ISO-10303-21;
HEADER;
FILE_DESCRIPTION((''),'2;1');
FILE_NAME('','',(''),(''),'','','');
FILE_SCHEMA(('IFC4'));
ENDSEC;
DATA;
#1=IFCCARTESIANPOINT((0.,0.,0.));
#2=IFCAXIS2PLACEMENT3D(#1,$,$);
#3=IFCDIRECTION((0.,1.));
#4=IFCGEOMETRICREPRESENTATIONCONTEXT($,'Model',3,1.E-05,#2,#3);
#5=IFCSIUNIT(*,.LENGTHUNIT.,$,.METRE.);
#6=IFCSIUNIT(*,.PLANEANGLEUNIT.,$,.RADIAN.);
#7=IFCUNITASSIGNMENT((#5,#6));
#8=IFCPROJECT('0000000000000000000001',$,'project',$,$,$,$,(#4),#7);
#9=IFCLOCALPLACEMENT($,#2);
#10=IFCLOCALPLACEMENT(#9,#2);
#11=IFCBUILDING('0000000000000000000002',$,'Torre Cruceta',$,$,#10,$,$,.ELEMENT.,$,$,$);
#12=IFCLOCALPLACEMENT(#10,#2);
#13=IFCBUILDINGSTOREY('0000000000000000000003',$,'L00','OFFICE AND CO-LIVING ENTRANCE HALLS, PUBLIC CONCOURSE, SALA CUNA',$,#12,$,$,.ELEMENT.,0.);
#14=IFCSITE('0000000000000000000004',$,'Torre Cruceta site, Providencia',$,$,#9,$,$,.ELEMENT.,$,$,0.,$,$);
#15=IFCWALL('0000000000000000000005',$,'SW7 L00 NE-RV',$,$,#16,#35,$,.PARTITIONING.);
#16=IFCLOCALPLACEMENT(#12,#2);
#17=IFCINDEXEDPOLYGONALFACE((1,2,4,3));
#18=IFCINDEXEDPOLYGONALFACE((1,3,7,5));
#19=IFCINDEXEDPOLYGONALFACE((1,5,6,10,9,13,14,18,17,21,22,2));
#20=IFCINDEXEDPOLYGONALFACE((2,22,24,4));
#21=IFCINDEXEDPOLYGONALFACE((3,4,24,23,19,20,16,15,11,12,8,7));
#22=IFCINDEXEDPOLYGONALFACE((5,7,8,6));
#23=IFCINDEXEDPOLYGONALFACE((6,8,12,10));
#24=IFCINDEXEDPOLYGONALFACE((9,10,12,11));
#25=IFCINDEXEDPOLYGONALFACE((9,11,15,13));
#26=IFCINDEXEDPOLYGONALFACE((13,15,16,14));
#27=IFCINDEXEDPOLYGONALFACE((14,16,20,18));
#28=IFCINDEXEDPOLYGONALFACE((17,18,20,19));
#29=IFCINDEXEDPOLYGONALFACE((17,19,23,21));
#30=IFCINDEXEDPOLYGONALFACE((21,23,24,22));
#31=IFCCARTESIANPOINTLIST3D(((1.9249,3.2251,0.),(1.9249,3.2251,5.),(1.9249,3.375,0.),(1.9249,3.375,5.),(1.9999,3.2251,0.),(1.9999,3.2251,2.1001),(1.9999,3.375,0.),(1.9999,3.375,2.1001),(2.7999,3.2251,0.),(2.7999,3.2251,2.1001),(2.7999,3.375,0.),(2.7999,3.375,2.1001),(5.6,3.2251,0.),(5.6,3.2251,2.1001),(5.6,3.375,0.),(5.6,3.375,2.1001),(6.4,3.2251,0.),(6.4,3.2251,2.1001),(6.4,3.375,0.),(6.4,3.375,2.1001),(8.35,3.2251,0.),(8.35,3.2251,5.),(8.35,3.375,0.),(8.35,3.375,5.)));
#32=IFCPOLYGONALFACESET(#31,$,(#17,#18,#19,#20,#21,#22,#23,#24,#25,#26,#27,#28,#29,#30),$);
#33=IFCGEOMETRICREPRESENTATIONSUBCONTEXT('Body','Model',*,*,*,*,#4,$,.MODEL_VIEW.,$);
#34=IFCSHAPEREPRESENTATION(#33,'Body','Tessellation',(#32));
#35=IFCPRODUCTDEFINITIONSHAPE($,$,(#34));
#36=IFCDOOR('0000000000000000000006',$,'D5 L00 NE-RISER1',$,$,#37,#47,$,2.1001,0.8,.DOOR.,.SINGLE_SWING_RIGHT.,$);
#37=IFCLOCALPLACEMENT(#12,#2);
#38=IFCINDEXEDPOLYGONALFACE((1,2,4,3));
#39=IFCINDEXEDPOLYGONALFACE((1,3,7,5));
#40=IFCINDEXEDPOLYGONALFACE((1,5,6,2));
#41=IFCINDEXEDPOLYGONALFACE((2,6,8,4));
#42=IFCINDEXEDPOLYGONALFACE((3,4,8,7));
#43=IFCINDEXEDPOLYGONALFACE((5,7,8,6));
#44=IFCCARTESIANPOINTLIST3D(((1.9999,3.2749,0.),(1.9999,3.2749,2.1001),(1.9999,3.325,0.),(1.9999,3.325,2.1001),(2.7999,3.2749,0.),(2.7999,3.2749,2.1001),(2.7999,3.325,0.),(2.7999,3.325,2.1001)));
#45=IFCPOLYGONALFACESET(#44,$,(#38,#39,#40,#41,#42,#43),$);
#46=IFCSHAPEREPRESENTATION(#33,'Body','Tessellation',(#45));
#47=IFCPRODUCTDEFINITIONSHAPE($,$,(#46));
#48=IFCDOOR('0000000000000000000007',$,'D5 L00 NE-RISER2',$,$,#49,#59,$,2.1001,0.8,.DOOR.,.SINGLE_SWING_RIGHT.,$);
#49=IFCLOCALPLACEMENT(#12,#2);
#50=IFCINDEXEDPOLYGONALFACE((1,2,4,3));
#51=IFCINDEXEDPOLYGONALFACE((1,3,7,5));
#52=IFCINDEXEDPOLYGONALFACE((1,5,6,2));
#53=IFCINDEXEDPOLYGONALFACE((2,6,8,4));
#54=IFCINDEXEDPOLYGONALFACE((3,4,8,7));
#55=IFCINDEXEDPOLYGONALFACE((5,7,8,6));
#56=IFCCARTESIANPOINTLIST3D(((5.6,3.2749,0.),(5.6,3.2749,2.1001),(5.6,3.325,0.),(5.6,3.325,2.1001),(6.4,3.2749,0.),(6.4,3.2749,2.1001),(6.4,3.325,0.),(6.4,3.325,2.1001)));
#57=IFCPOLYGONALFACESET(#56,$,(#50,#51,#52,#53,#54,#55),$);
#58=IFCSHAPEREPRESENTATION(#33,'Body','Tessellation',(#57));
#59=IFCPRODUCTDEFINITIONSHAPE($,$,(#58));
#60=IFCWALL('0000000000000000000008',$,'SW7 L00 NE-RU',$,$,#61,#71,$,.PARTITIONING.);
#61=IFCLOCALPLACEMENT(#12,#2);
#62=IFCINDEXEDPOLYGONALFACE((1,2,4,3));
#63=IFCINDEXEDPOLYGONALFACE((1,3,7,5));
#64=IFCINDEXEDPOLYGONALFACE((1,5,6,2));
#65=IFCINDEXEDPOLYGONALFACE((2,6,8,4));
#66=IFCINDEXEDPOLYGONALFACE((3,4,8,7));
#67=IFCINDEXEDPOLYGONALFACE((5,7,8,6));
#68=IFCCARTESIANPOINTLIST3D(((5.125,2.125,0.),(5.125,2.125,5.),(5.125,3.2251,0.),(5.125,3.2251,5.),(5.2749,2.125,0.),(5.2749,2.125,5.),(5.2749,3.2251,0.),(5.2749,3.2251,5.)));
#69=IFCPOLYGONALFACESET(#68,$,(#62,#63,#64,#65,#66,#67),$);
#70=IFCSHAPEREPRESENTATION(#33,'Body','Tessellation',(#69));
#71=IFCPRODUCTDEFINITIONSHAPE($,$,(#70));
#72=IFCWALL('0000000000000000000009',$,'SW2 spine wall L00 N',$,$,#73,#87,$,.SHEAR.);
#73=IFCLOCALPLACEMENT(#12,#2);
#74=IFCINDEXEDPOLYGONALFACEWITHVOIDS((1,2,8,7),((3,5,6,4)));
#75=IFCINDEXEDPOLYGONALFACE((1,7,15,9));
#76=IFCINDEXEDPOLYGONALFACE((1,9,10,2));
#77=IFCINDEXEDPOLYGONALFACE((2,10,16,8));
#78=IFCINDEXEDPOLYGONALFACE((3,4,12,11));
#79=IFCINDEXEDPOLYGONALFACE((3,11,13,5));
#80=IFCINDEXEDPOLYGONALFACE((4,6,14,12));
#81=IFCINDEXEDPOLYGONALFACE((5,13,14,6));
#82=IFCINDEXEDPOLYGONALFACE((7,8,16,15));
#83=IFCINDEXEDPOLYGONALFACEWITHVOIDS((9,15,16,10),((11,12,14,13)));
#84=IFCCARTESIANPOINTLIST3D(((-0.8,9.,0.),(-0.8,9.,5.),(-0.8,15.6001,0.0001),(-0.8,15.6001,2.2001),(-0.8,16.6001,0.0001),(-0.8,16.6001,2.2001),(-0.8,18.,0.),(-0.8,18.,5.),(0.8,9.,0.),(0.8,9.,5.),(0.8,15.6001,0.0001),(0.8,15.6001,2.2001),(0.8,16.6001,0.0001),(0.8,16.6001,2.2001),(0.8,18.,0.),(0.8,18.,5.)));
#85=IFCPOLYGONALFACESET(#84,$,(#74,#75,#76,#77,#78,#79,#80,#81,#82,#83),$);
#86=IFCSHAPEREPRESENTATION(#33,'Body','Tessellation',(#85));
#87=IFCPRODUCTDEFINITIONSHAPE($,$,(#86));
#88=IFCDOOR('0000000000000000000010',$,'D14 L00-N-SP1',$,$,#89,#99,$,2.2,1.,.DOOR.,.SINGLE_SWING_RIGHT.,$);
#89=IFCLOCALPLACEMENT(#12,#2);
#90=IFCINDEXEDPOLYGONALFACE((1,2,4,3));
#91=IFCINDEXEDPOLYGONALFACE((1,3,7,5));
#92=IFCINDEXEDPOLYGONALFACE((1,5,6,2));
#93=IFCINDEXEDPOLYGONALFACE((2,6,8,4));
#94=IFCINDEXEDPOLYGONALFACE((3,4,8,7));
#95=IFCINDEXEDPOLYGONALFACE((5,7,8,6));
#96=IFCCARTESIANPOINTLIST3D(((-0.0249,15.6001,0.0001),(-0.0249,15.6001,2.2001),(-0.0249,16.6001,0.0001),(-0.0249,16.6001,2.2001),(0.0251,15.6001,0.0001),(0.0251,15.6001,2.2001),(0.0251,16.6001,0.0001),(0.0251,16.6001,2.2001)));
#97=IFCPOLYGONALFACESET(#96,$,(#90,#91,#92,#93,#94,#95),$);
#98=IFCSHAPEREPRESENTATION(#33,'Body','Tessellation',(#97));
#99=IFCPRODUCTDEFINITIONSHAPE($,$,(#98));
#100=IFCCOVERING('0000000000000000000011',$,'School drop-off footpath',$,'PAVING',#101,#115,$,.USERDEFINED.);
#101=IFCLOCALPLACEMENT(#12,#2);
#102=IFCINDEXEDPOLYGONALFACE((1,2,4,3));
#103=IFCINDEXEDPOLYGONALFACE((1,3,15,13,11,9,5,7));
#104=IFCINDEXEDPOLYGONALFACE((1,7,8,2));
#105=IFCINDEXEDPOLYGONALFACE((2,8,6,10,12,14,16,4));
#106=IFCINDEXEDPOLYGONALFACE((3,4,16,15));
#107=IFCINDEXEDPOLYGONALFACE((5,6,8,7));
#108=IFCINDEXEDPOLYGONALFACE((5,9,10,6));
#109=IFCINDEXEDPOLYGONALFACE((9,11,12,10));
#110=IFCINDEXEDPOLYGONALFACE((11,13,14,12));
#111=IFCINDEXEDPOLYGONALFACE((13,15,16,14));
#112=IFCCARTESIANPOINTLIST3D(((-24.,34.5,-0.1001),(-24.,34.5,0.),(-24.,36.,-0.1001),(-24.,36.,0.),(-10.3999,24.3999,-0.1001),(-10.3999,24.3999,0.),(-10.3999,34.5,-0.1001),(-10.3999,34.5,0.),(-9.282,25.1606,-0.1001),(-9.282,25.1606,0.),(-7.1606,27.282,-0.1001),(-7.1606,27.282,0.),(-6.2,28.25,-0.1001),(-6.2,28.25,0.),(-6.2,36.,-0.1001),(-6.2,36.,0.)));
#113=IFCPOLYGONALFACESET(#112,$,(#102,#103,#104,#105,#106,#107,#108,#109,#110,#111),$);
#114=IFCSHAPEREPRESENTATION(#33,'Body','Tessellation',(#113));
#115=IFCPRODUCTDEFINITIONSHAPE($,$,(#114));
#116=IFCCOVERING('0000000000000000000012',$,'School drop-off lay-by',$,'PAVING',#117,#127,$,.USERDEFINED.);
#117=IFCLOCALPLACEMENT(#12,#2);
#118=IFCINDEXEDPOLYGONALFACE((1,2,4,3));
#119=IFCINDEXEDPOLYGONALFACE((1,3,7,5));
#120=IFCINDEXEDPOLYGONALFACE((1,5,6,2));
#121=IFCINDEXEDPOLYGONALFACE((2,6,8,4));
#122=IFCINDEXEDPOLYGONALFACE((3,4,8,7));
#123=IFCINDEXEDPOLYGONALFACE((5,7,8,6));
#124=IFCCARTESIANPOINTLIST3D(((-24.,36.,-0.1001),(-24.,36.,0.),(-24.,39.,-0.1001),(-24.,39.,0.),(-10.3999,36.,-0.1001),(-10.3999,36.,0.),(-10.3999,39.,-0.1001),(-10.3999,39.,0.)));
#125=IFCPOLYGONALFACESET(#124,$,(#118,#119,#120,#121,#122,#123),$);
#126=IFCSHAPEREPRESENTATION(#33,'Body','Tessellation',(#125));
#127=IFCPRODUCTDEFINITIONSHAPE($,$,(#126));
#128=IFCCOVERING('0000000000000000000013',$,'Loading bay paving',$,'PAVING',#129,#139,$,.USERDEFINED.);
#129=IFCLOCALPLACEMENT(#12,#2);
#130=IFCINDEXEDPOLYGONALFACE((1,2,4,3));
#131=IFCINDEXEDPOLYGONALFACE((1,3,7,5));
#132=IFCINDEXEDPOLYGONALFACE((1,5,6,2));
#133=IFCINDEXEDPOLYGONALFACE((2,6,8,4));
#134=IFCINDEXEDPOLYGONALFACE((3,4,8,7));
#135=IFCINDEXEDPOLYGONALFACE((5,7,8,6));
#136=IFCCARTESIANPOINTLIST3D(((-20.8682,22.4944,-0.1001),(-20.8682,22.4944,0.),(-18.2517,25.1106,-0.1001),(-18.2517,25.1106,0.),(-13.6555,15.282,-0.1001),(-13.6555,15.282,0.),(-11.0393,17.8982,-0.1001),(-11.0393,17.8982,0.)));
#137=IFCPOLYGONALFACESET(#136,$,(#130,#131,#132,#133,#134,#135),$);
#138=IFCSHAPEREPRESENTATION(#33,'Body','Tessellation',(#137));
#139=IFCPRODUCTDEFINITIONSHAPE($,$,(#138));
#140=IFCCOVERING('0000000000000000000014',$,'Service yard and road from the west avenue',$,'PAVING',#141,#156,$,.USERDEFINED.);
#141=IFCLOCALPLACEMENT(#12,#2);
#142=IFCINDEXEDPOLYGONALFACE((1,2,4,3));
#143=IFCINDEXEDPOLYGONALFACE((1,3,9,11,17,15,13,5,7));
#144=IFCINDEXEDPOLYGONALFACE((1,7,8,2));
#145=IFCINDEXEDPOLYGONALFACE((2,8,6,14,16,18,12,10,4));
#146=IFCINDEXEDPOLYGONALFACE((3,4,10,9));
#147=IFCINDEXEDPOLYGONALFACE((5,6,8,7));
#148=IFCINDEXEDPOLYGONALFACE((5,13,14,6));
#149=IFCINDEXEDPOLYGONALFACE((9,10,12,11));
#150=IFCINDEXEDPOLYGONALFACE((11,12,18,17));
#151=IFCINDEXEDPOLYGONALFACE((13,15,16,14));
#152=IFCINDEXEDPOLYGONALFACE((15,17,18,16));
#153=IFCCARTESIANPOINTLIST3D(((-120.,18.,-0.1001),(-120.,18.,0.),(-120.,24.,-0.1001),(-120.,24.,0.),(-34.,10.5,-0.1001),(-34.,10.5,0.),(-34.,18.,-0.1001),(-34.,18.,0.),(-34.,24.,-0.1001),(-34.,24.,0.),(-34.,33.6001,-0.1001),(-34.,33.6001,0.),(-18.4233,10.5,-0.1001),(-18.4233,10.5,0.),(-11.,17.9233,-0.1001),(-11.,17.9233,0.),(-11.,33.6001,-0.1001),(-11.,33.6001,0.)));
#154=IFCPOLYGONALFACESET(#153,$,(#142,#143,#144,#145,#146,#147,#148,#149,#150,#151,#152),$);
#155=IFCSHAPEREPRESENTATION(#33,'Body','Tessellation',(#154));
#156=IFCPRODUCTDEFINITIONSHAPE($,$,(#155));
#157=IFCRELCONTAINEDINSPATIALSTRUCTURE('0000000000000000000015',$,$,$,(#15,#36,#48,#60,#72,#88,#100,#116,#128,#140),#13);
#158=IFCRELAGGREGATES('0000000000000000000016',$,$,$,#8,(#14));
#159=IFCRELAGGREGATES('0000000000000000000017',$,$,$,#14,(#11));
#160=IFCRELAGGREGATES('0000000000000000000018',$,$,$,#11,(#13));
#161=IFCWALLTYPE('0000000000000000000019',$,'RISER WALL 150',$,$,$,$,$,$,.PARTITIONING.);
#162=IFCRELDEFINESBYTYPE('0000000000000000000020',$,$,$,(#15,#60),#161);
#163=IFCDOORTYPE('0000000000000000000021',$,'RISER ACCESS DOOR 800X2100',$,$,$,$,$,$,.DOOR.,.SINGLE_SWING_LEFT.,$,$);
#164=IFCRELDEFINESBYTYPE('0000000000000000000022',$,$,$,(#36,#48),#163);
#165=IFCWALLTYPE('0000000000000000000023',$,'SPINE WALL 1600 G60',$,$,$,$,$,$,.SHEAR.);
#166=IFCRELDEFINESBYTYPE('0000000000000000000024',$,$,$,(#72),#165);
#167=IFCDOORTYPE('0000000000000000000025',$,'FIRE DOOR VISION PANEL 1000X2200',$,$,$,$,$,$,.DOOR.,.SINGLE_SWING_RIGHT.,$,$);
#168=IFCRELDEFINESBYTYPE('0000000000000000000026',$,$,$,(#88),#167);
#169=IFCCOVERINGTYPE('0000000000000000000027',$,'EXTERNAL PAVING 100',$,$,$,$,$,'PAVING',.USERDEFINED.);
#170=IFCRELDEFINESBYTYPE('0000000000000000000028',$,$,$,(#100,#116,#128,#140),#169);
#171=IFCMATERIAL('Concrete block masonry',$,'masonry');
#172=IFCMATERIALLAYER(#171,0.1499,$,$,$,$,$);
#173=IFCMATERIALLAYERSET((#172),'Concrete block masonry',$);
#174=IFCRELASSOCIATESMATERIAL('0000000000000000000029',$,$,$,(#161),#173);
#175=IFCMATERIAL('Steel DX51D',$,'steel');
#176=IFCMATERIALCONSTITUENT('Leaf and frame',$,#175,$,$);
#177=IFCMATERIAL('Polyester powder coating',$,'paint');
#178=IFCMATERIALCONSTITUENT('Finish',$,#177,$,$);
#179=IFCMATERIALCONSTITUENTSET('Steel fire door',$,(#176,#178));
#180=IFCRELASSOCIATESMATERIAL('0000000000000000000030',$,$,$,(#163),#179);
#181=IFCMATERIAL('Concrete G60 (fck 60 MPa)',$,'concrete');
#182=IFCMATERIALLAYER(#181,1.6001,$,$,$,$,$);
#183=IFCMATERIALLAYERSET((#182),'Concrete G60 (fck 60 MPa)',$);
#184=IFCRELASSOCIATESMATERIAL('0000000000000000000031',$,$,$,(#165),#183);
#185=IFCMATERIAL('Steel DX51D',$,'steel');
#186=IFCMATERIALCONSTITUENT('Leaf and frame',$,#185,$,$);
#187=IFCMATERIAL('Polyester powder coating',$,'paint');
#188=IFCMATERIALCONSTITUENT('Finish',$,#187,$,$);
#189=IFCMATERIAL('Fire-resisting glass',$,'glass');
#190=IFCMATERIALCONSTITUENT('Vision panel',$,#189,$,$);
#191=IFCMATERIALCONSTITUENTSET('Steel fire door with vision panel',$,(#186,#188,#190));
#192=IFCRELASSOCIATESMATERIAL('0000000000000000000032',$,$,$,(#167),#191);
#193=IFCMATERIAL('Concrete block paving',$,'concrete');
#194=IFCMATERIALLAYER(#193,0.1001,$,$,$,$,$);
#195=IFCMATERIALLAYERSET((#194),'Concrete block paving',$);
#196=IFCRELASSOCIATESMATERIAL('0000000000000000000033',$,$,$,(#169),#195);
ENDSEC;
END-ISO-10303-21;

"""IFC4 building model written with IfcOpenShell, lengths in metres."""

from ifc_helpers import new_model, si_unit, direction, frame, frame_2d, origin, place, context, subcontext, project, spatial, polyline, rectangle, outline, extrude, material, layer, layer_set, constituent, constituent_set, type_object, element, fill, save


model = new_model("IFC4")

# Units and contexts
model_context = context("Model", 3, precision=1e-05, world=origin(), true_north=direction((0.0, 1.0)))
body_context = subcontext(model_context, "Body", "Model", "MODEL_VIEW")
ifc_project = project(units=[si_unit("LENGTHUNIT", "METRE"), si_unit("PLANEANGLEUNIT", "RADIAN")], contexts=[model_context])

# Site, building, storey
site_placement = place(None, origin())
site = spatial("IfcSite", under=ifc_project, at=site_placement, Name="Torre Cruceta site, Providencia", CompositionType="ELEMENT", RefElevation=0.0)
building_placement = place(site_placement, origin())
building = spatial("IfcBuilding", under=site, at=building_placement, Name="Torre Cruceta", CompositionType="ELEMENT")
storey_placement = place(building_placement, origin())
storey = spatial("IfcBuildingStorey", under=building, at=storey_placement, Name="L00", Description="OFFICE AND CO-LIVING ENTRANCE HALLS, PUBLIC CONCOURSE, SALA CUNA", CompositionType="ELEMENT", Elevation=0.0)

# Wall, openings, doors
ifc_material_1 = material(Name="Concrete block masonry", Category="masonry")
ifc_layer_1 = layer(ifc_material_1, 0.1499)
ifc_layer_set_1 = layer_set([ifc_layer_1], Name="Concrete block masonry")
wall_type_1 = type_object("IfcWallType", Name="RISER WALL 150", PredefinedType="PARTITIONING", material=ifc_layer_set_1)
wall_1_placement = place(storey_placement, frame((1.925, 3.3, 0.0), z_axis=(0.0, 0.0, 1.0), x_axis=(1.0, 0.0, 0.0)))
wall_1 = element("IfcWall", 1, at=wall_1_placement, inside=storey, type_object=wall_type_1, Name="SW7 L00 NE-RV", PredefinedType="PARTITIONING", context=body_context, shape_type="SweptSolid", body=[
    extrude(rectangle(XDim=6.425, YDim=0.1499, at=frame_2d((3.2124, 0.0))), origin(), (0.0, 0.0, 1.0), 5.0),
])
opening_1_placement = place(wall_1_placement, frame((0.075, 0.0, 0.0)))
opening_1 = element("IfcOpeningElement", 2, at=opening_1_placement, cuts=wall_1, PredefinedType="OPENING", context=body_context, shape_type="SweptSolid", body=[
    extrude(rectangle(XDim=0.8, YDim=2.1001, at=frame_2d((0.3999, 1.05))), frame((0.0, 0.085, 0.0), z_axis=(0.0, -1.0, 0.0), x_axis=(1.0, 0.0, 0.0)), (0.0, 0.0, 1.0), 0.1699),
])
opening_2_placement = place(wall_1_placement, frame((3.675, 0.0, 0.0)))
opening_2 = element("IfcOpeningElement", 3, at=opening_2_placement, cuts=wall_1, PredefinedType="OPENING", context=body_context, shape_type="SweptSolid", body=[
    extrude(rectangle(XDim=0.8, YDim=2.1001, at=frame_2d((0.3999, 1.05))), frame((0.0, 0.085, 0.0), z_axis=(0.0, -1.0, 0.0), x_axis=(1.0, 0.0, 0.0)), (0.0, 0.0, 1.0), 0.1699),
])
ifc_material_2 = material(Name="Steel DX51D", Category="steel")
ifc_constituent_1 = constituent(ifc_material_2, Name="Leaf and frame")
ifc_material_3 = material(Name="Polyester powder coating", Category="paint")
ifc_constituent_2 = constituent(ifc_material_3, Name="Finish")
ifc_constituent_set_1 = constituent_set(constituents=[ifc_constituent_1, ifc_constituent_2], Name="Steel fire door")
door_type_1 = type_object("IfcDoorType", Name="RISER ACCESS DOOR 800X2100", OperationType="SINGLE_SWING_LEFT", PredefinedType="DOOR", material=ifc_constituent_set_1)
door_1_placement = place(opening_1_placement, frame((0.8, 0.0, 0.0), z_axis=(0.0, 0.0, 1.0), x_axis=(-1.0, 0.0, 0.0)))
door_1 = element("IfcDoor", 4, at=door_1_placement, inside=storey, type_object=door_type_1, Name="D5 L00 NE-RISER1", OperationType="SINGLE_SWING_RIGHT", OverallHeight=2.1001, OverallWidth=0.8, PredefinedType="DOOR", context=body_context, shape_type="SweptSolid", body=[
    extrude(rectangle(XDim=0.8, YDim=2.1001, at=frame_2d((0.4001, 1.05))), frame((0.0, 0.0251, 0.0), z_axis=(0.0, -1.0, 0.0), x_axis=(1.0, 0.0, 0.0)), (0.0, 0.0, 1.0), 0.05),
])
fill(opening_1, door_1)
door_2_placement = place(opening_2_placement, frame((0.8, 0.0, 0.0), z_axis=(0.0, 0.0, 1.0), x_axis=(-1.0, 0.0, 0.0)))
door_2 = element("IfcDoor", 5, at=door_2_placement, inside=storey, type_object=door_type_1, Name="D5 L00 NE-RISER2", OperationType="SINGLE_SWING_RIGHT", OverallHeight=2.1001, OverallWidth=0.8, PredefinedType="DOOR", context=body_context, shape_type="SweptSolid", body=[
    extrude(rectangle(XDim=0.8, YDim=2.1001, at=frame_2d((0.4001, 1.05))), frame((0.0, 0.0251, 0.0), z_axis=(0.0, -1.0, 0.0), x_axis=(1.0, 0.0, 0.0)), (0.0, 0.0, 1.0), 0.05),
])
fill(opening_2, door_2)

# Wall
wall_2_placement = place(storey_placement, frame((5.2, 2.125, 0.0), z_axis=(0.0, 0.0, 1.0), x_axis=(0.0, 1.0, 0.0)))
element("IfcWall", 6, at=wall_2_placement, inside=storey, type_object=wall_type_1, Name="SW7 L00 NE-RU", PredefinedType="PARTITIONING", context=body_context, shape_type="SweptSolid", body=[
    extrude(rectangle(XDim=1.1001, YDim=0.1499, at=frame_2d((0.55, 0.0))), origin(), (0.0, 0.0, 1.0), 5.0),
])

# Wall, opening, door
ifc_material_4 = material(Name="Concrete G60 (fck 60 MPa)", Category="concrete")
ifc_layer_2 = layer(ifc_material_4, 1.6001)
ifc_layer_set_2 = layer_set([ifc_layer_2], Name="Concrete G60 (fck 60 MPa)")
wall_type_2 = type_object("IfcWallType", Name="SPINE WALL 1600 G60", PredefinedType="SHEAR", material=ifc_layer_set_2)
wall_3_placement = place(storey_placement, frame((0.0, 9.0, 0.0), z_axis=(0.0, 0.0, 1.0), x_axis=(0.0, 1.0, 0.0)))
wall_3 = element("IfcWall", 7, at=wall_3_placement, inside=storey, type_object=wall_type_2, Name="SW2 spine wall L00 N", PredefinedType="SHEAR", context=body_context, shape_type="SweptSolid", body=[
    extrude(rectangle(XDim=9.0, YDim=1.6001, at=frame_2d((4.5, 0.0))), origin(), (0.0, 0.0, 1.0), 5.0),
])
opening_3_placement = place(wall_3_placement, frame((6.6001, 0.0, 0.0)))
opening_3 = element("IfcOpeningElement", 8, at=opening_3_placement, cuts=wall_3, PredefinedType="OPENING", context=body_context, shape_type="SweptSolid", body=[
    extrude(rectangle(XDim=1.0, YDim=2.2, at=frame_2d((0.5, 1.1001))), frame((0.0, 0.8101, 0.0), z_axis=(0.0, -1.0, 0.0), x_axis=(1.0, 0.0, 0.0)), (0.0, 0.0, 1.0), 1.6201),
])
ifc_material_5 = material(Name="Steel DX51D", Category="steel")
ifc_constituent_3 = constituent(ifc_material_5, Name="Leaf and frame")
ifc_material_6 = material(Name="Polyester powder coating", Category="paint")
ifc_constituent_4 = constituent(ifc_material_6, Name="Finish")
ifc_material_7 = material(Name="Fire-resisting glass", Category="glass")
ifc_constituent_5 = constituent(ifc_material_7, Name="Vision panel")
ifc_constituent_set_2 = constituent_set(constituents=[ifc_constituent_3, ifc_constituent_4, ifc_constituent_5], Name="Steel fire door with vision panel")
door_type_2 = type_object("IfcDoorType", Name="FIRE DOOR VISION PANEL 1000X2200", OperationType="SINGLE_SWING_RIGHT", PredefinedType="DOOR", material=ifc_constituent_set_2)
door_3_placement = place(opening_3_placement, origin())
door_3 = element("IfcDoor", 9, at=door_3_placement, inside=storey, type_object=door_type_2, Name="D14 L00-N-SP1", OperationType="SINGLE_SWING_RIGHT", OverallHeight=2.2, OverallWidth=1.0, PredefinedType="DOOR", context=body_context, shape_type="SweptSolid", body=[
    extrude(rectangle(XDim=1.0, YDim=2.2, at=frame_2d((0.5, 1.1001))), frame((0.0, 0.0249, 0.0), z_axis=(0.0, -1.0, 0.0), x_axis=(1.0, 0.0, 0.0)), (0.0, 0.0, 1.0), 0.05),
])
fill(opening_3, door_3)

# Coverings
ifc_material_8 = material(Name="Concrete block paving", Category="concrete")
ifc_layer_3 = layer(ifc_material_8, 0.1001)
ifc_layer_set_3 = layer_set([ifc_layer_3], Name="Concrete block paving")
covering_type_1 = type_object("IfcCoveringType", Name="EXTERNAL PAVING 100", ElementType="PAVING", PredefinedType="USERDEFINED", material=ifc_layer_set_3)
covering_1_placement = place(storey_placement, frame((0.0, 0.0, -0.1001)))
element("IfcCovering", 10, at=covering_1_placement, inside=storey, type_object=covering_type_1, Name="School drop-off footpath", ObjectType="PAVING", PredefinedType="USERDEFINED", context=body_context, shape_type="SweptSolid", body=[
    extrude(outline(polyline([(-9.282, 25.1606), (-7.1606, 27.282), (-6.2, 28.25), (-6.2, 36.0), (-24.0, 36.0), (-24.0, 34.5), (-10.3999, 34.5), (-10.3999, 24.3999), (-9.282, 25.1606)])), origin(), (0.0, 0.0, 1.0), 0.1001),
])
covering_2_placement = place(storey_placement, frame((0.0, 0.0, -0.1001)))
element("IfcCovering", 11, at=covering_2_placement, inside=storey, type_object=covering_type_1, Name="School drop-off lay-by", ObjectType="PAVING", PredefinedType="USERDEFINED", context=body_context, shape_type="SweptSolid", body=[
    extrude(outline(polyline([(-24.0, 36.0), (-10.3999, 36.0), (-10.3999, 39.0), (-24.0, 39.0), (-24.0, 36.0)])), origin(), (0.0, 0.0, 1.0), 0.1001),
])
covering_3_placement = place(storey_placement, frame((0.0, 0.0, -0.1001)))
element("IfcCovering", 12, at=covering_3_placement, inside=storey, type_object=covering_type_1, Name="Loading bay paving", ObjectType="PAVING", PredefinedType="USERDEFINED", context=body_context, shape_type="SweptSolid", body=[
    extrude(outline(polyline([(-11.0393, 17.8982), (-13.6555, 15.282), (-20.8682, 22.4944), (-18.2517, 25.1106), (-11.0393, 17.8982)])), origin(), (0.0, 0.0, 1.0), 0.1001),
])
covering_4_placement = place(storey_placement, frame((0.0, 0.0, -0.1001)))
element("IfcCovering", 13, at=covering_4_placement, inside=storey, type_object=covering_type_1, Name="Service yard and road from the west avenue", ObjectType="PAVING", PredefinedType="USERDEFINED", context=body_context, shape_type="SweptSolid", body=[
    extrude(outline(polyline([(-11.0, 17.9233), (-18.4233, 10.5), (-34.0, 10.5), (-34.0, 18.0), (-120.0, 18.0), (-120.0, 24.0), (-34.0, 24.0), (-34.0, 33.6001), (-11.0, 33.6001), (-11.0, 17.9233)])), origin(), (0.0, 0.0, 1.0), 0.1001),
])

save(model, "model.ifc")
